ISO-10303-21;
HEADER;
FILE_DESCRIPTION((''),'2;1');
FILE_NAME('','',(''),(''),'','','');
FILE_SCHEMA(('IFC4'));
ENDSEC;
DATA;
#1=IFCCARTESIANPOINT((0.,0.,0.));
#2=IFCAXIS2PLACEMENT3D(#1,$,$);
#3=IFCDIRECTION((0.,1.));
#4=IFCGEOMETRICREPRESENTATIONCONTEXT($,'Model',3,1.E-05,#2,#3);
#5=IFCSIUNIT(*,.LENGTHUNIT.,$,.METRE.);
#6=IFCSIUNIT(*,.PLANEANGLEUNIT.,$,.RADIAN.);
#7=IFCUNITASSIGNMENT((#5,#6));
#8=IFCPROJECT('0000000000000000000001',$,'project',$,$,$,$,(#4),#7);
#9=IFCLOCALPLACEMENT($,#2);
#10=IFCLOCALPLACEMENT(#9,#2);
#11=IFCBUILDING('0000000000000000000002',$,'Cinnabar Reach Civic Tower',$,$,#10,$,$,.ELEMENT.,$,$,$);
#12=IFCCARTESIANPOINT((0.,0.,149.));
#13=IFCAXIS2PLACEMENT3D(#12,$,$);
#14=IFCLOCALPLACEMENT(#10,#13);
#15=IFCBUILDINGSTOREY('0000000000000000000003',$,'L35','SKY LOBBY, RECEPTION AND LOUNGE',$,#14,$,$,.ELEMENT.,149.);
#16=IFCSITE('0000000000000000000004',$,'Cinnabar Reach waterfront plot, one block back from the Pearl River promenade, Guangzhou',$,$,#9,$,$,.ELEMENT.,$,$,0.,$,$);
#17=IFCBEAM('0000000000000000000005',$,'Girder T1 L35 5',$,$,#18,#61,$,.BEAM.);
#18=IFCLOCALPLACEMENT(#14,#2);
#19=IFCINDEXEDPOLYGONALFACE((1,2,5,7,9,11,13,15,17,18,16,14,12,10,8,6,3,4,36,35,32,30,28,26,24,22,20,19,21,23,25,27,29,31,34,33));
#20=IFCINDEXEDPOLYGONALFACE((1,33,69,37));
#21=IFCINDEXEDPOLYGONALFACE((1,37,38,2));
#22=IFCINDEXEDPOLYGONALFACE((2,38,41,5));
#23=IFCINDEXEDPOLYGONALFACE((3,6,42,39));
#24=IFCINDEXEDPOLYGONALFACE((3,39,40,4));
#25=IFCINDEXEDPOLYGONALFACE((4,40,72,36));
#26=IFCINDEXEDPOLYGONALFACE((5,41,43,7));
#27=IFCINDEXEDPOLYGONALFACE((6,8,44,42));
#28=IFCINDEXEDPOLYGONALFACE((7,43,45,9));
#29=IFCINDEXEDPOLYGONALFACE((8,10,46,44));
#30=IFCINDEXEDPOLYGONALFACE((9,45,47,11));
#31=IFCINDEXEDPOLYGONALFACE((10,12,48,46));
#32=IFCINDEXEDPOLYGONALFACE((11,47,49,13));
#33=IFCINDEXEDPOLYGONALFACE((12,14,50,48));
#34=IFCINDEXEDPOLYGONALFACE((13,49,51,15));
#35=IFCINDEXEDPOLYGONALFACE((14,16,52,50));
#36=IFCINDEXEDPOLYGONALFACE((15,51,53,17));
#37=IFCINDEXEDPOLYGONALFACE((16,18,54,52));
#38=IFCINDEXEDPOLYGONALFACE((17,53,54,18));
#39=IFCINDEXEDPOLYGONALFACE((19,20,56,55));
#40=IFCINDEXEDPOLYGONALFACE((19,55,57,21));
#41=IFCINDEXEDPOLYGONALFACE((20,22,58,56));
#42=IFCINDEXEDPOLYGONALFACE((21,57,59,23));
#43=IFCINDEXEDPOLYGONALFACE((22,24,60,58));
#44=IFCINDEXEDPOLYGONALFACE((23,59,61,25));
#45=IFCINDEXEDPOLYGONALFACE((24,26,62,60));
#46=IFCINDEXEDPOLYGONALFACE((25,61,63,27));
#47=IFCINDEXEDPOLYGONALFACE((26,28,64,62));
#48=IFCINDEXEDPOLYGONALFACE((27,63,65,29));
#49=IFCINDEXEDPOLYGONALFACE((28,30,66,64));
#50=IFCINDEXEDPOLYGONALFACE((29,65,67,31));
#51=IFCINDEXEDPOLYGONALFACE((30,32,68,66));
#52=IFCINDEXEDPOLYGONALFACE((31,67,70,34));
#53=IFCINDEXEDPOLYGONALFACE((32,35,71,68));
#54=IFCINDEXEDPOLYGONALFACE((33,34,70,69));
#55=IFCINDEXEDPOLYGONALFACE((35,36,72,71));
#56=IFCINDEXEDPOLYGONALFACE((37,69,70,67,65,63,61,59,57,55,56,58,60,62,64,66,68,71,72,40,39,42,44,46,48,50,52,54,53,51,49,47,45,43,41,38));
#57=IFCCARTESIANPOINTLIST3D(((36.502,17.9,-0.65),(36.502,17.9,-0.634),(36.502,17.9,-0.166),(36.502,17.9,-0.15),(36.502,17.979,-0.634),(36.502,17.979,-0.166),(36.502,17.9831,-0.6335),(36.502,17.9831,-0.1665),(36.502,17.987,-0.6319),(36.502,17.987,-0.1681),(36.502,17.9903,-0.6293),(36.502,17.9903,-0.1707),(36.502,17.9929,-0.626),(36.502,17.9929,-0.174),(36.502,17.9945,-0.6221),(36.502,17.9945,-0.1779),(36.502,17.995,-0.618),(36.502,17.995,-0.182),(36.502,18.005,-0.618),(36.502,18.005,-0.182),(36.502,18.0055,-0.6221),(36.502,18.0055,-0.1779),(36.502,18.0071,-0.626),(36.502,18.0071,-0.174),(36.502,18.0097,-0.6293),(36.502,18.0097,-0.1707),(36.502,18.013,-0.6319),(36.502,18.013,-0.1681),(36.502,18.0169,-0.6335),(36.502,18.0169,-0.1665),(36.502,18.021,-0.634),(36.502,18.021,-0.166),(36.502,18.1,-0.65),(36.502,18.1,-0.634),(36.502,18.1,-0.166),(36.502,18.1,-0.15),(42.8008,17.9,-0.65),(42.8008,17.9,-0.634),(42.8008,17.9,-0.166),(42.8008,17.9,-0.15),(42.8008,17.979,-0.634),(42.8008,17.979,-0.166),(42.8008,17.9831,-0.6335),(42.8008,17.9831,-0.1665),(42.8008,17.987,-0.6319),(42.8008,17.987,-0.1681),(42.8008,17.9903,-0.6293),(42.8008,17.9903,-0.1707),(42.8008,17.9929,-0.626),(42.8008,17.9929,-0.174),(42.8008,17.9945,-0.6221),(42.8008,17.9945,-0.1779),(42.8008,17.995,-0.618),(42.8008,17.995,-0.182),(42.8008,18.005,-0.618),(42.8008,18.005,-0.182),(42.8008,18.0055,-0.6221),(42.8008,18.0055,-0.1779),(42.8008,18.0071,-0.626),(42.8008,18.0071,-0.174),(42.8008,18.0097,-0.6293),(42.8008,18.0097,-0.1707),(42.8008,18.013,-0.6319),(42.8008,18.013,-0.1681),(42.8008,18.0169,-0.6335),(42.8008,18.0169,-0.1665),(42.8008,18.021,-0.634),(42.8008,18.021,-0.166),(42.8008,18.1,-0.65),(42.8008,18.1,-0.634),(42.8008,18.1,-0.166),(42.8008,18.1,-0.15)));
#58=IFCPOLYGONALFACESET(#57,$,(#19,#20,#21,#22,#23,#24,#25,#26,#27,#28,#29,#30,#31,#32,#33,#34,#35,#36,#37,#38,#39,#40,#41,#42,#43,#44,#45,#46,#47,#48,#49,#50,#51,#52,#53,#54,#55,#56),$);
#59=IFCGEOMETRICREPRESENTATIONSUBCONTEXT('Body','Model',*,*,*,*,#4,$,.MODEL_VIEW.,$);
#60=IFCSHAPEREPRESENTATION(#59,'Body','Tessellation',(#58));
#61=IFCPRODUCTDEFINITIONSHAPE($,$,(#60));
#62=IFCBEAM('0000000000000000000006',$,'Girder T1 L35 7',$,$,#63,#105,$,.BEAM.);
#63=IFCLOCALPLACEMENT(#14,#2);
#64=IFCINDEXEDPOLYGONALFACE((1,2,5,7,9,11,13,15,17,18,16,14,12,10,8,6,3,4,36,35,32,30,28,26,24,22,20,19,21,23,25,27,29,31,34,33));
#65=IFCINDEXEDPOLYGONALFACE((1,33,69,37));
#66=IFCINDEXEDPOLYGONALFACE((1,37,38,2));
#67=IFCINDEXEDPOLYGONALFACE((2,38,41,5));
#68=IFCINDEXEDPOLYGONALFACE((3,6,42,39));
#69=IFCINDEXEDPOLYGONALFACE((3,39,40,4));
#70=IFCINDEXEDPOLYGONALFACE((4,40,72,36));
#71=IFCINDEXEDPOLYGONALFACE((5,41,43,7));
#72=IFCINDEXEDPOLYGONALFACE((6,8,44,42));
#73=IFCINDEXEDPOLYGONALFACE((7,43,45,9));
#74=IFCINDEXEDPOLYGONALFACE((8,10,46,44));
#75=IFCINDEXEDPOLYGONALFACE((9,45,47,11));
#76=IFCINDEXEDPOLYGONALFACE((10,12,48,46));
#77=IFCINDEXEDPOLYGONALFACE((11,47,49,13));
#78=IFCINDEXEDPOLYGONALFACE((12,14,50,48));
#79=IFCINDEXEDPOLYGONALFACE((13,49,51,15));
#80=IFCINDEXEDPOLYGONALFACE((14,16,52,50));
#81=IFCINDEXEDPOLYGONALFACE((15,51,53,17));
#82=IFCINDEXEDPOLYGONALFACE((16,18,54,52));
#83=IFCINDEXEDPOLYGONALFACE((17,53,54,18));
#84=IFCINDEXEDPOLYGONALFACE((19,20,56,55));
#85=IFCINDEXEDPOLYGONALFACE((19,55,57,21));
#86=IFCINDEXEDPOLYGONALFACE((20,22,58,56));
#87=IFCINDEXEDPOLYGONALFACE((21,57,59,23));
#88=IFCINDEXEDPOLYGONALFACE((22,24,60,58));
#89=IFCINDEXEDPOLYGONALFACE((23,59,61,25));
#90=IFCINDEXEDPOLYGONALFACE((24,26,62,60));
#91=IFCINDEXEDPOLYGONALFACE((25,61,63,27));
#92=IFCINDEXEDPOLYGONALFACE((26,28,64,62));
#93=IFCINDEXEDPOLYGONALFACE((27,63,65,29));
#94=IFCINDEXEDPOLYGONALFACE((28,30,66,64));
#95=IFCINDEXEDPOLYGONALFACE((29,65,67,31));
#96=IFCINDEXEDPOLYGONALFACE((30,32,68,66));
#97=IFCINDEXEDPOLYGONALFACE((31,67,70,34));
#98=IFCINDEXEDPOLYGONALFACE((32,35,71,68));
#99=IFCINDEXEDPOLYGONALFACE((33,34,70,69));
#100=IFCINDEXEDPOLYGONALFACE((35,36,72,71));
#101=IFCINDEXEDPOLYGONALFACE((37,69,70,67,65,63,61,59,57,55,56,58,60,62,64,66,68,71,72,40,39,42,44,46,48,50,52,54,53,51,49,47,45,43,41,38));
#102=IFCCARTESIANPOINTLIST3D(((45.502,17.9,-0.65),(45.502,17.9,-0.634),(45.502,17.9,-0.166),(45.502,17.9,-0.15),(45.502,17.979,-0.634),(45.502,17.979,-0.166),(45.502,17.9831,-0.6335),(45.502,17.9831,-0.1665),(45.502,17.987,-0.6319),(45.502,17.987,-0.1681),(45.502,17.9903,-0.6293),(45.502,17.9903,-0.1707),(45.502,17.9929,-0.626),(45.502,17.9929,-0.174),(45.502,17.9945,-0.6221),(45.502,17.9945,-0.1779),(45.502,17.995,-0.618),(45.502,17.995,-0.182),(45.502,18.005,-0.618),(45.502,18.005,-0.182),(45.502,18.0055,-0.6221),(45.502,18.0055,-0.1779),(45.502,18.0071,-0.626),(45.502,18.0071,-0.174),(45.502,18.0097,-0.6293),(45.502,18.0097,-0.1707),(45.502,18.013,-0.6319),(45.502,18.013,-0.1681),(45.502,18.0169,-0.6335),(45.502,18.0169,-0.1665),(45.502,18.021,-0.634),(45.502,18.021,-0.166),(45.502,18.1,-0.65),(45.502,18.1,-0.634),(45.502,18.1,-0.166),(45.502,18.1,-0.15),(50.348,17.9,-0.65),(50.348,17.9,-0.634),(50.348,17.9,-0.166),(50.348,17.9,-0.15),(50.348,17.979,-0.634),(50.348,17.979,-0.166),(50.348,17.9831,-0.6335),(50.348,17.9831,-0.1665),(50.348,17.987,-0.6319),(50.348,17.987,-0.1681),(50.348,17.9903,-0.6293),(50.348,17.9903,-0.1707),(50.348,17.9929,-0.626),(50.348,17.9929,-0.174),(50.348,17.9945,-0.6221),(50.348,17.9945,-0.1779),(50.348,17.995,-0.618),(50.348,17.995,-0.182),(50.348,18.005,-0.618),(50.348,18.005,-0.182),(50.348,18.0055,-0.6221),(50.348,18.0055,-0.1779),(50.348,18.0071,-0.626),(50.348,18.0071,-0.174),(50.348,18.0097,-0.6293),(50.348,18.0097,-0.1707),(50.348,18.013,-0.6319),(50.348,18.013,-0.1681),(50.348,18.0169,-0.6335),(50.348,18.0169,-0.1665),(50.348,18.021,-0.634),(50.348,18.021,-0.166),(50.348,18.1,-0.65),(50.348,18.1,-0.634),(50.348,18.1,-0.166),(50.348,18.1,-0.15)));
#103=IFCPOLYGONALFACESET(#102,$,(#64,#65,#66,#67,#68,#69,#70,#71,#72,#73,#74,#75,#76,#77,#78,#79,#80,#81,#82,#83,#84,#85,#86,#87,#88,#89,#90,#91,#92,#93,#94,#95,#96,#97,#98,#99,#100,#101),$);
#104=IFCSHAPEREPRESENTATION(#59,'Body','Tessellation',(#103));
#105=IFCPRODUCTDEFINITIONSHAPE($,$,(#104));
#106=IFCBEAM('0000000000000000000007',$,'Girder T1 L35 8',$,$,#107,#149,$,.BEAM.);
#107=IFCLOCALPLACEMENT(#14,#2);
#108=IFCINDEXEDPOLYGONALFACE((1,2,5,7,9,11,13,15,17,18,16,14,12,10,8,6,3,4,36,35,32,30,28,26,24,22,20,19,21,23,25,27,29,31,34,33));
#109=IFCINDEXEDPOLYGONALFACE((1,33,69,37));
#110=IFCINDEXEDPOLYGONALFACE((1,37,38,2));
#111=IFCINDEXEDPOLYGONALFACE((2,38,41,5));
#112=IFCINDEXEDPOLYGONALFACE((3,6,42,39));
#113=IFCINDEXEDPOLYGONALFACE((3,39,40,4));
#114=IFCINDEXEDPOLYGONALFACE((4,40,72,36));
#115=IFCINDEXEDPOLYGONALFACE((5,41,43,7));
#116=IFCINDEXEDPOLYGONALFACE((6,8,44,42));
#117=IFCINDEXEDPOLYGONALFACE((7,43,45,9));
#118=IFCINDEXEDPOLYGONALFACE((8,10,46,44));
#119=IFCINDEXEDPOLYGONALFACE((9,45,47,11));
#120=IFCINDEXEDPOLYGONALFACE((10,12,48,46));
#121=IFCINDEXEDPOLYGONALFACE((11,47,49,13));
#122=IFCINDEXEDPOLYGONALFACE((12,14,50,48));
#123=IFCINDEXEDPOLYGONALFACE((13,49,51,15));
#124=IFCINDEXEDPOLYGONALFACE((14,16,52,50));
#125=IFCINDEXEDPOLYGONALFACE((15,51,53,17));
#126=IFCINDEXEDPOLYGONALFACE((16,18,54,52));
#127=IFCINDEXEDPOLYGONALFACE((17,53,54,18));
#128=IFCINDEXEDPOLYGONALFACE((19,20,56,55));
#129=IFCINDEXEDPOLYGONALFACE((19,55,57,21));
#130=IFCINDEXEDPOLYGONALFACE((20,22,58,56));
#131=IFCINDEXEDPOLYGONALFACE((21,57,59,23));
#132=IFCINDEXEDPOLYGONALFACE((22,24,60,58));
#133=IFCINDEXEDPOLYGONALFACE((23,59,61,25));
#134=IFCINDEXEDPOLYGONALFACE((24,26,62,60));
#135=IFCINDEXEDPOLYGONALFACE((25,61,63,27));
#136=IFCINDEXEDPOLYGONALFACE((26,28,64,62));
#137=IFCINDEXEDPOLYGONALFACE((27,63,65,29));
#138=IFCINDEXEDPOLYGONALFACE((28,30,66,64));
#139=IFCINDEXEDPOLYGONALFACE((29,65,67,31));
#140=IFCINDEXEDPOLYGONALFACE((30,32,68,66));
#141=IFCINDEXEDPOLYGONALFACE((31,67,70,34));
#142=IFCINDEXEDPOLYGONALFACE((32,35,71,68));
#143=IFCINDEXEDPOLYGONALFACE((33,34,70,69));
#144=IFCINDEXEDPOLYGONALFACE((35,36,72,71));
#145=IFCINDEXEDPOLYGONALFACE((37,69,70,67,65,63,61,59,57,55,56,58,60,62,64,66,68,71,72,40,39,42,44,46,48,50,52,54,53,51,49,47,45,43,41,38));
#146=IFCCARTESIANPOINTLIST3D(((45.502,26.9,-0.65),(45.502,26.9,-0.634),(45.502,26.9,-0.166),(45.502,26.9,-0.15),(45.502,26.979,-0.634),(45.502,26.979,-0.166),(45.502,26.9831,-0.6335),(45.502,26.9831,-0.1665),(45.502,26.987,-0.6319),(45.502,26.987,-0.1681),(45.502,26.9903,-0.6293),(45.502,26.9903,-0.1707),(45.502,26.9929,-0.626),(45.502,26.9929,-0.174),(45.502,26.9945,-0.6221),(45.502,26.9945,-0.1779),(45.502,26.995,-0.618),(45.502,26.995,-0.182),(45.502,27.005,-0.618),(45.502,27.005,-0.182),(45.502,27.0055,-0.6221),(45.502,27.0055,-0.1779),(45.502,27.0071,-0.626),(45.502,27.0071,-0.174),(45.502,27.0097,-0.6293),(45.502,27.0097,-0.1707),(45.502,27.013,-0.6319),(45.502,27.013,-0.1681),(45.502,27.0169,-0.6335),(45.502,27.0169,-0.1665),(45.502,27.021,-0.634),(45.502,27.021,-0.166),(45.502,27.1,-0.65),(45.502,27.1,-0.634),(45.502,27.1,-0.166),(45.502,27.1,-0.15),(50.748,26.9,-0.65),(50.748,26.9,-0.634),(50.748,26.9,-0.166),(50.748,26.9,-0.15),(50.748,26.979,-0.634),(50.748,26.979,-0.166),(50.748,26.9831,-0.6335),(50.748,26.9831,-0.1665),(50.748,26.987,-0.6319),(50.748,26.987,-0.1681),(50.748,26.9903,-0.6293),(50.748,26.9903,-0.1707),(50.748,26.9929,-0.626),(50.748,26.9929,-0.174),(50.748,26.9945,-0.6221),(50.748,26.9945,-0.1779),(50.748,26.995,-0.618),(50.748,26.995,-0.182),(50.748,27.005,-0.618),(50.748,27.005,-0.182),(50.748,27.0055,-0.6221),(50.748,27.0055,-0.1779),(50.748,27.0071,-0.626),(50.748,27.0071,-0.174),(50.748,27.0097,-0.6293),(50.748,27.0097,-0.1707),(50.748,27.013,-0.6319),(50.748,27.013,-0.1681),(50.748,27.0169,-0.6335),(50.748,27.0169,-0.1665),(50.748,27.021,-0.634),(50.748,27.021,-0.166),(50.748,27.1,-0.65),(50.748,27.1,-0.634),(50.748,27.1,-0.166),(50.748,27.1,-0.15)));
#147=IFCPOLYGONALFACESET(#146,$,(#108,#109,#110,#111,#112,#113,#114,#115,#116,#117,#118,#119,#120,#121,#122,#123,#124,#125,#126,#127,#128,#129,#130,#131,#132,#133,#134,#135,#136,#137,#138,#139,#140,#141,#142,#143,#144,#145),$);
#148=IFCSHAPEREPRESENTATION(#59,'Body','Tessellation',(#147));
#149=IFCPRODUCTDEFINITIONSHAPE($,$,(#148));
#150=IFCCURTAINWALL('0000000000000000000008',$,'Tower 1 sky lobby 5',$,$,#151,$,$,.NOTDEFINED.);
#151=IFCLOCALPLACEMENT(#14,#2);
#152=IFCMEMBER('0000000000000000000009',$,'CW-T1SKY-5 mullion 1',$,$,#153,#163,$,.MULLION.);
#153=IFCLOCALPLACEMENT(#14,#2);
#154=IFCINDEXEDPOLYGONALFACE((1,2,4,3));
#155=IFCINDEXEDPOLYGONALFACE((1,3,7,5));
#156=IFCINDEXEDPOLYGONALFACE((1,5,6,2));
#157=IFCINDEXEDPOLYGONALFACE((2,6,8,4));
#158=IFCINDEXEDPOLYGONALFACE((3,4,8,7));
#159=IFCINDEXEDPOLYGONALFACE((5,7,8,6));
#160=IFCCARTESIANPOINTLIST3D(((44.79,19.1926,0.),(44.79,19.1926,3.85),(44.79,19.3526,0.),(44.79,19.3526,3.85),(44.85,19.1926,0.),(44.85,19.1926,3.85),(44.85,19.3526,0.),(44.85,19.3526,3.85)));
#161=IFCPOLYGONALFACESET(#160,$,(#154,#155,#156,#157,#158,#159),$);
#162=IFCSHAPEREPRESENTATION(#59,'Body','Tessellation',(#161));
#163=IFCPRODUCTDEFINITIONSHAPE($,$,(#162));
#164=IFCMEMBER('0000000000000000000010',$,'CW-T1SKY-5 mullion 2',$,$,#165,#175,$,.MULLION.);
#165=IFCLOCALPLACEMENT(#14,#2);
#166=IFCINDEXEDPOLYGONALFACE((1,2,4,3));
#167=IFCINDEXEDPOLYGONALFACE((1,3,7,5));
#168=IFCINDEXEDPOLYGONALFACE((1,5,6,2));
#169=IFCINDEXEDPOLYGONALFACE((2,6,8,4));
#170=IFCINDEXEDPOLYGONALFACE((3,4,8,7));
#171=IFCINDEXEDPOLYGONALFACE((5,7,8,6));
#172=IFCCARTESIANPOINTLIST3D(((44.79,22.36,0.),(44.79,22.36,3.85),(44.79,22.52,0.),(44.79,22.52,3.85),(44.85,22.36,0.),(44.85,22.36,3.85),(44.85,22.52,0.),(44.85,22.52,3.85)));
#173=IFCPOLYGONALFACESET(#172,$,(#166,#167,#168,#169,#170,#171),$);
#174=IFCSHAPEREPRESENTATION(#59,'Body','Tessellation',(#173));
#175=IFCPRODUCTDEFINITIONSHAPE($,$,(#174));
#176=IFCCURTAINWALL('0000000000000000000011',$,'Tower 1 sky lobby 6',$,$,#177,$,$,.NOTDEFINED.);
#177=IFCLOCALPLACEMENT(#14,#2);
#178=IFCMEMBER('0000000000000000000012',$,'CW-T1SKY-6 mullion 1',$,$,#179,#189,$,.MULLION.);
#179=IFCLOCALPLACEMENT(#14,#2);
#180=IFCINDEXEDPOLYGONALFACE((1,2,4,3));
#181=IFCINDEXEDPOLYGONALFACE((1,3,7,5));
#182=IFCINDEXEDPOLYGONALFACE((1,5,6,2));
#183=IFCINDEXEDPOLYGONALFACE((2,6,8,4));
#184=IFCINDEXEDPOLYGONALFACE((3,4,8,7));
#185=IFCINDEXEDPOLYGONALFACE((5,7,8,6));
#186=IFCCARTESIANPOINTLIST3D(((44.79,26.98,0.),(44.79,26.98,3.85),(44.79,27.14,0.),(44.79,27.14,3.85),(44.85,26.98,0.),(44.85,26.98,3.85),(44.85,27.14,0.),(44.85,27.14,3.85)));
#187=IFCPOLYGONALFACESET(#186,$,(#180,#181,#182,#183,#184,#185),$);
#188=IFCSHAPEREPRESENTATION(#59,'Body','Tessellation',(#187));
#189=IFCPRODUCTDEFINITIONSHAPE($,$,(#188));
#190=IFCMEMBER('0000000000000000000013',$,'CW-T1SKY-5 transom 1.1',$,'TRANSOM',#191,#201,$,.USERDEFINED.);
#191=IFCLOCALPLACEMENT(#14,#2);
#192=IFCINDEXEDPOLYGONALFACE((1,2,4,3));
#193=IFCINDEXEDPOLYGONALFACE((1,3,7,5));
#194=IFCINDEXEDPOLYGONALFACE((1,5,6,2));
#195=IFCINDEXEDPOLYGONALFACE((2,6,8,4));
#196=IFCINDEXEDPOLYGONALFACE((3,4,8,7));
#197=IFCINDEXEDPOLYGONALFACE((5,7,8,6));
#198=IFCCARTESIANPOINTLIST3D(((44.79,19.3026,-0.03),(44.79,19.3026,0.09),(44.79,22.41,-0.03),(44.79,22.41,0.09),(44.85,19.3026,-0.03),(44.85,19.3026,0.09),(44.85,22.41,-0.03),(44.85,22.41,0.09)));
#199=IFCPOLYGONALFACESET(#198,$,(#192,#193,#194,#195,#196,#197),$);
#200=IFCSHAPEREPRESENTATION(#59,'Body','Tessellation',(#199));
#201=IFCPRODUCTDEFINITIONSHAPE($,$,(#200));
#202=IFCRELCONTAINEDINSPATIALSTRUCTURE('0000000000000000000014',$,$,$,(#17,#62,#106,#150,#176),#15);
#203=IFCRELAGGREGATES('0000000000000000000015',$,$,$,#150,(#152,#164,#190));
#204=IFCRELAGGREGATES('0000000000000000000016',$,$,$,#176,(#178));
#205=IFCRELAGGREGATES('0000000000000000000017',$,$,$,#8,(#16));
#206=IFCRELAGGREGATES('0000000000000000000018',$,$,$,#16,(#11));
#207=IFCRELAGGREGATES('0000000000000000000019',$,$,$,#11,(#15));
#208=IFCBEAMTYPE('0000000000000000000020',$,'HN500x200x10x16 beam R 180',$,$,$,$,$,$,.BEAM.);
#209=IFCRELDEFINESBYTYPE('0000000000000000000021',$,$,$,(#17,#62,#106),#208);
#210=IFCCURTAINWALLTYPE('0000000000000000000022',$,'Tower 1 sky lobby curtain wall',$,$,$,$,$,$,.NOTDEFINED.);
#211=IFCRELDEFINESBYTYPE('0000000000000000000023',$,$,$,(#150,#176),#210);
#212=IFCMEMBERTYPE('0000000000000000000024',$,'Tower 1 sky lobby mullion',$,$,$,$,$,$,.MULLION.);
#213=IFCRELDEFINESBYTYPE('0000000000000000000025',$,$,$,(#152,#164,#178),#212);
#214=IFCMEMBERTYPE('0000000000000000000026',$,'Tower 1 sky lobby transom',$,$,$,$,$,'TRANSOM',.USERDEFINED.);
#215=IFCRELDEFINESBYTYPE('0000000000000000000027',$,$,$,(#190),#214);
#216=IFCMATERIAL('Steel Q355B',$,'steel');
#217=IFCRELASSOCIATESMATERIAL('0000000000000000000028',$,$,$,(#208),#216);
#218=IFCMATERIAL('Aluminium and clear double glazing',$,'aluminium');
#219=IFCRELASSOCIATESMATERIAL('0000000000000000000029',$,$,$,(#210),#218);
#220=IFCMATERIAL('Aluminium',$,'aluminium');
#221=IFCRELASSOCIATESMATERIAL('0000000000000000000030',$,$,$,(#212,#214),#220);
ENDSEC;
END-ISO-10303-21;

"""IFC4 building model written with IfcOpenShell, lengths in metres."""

from ifc_helpers import new_model, si_unit, direction, frame, origin, origin_2d, place, context, subcontext, project, spatial, rectangle, i_section, extrude, material, material_profile, profile_set, type_object, element, aggregate, save


model = new_model("IFC4")

# Units and contexts
model_context = context("Model", 3, precision=1e-05, world=origin(), true_north=direction((0.0, 1.0)))
body_context = subcontext(model_context, "Body", "Model", "MODEL_VIEW")
ifc_project = project(units=[si_unit("LENGTHUNIT", "METRE"), si_unit("PLANEANGLEUNIT", "RADIAN")], contexts=[model_context])

# Site, building, storey
site_placement = place(None, origin())
site = spatial("IfcSite", under=ifc_project, at=site_placement, Name="Cinnabar Reach waterfront plot, one block back from the Pearl River promenade, Guangzhou", CompositionType="ELEMENT", RefElevation=0.0)
building_placement = place(site_placement, origin())
building = spatial("IfcBuilding", under=site, at=building_placement, Name="Cinnabar Reach Civic Tower", CompositionType="ELEMENT")
storey_placement = place(building_placement, frame((0.0, 0.0, 149.0)))
storey = spatial("IfcBuildingStorey", under=building, at=storey_placement, Name="L35", Description="SKY LOBBY, RECEPTION AND LOUNGE", CompositionType="ELEMENT", Elevation=149.0)

# Beams
ifc_material_1 = material(Name="Steel Q355B", Category="steel")
ifc_material_profile_1 = material_profile(ifc_material_1, i_section(OverallWidth=0.2, OverallDepth=0.5, WebThickness=0.01, FlangeThickness=0.016, FilletRadius=0.016, at=origin_2d()), Name="HN500x200x10x16")
ifc_profile_set_1 = profile_set([ifc_material_profile_1], Name="Steel Q355B")
beam_type_1 = type_object("IfcBeamType", Name="HN500x200x10x16 beam R 180", PredefinedType="BEAM", material=ifc_profile_set_1)
beam_1_placement = place(storey_placement, frame((36.502, 18.0, -0.4), z_axis=(1.0, 0.0, 0.0), x_axis=(0.0, 1.0, 0.0)))
element("IfcBeam", 1, at=beam_1_placement, inside=storey, type_object=beam_type_1, Name="Girder T1 L35 5", PredefinedType="BEAM", context=body_context, shape_type="SweptSolid", body=[
    extrude(i_section(OverallWidth=0.2, OverallDepth=0.5, WebThickness=0.01, FlangeThickness=0.016, FilletRadius=0.016, at=origin_2d()), origin(), (0.0, 0.0, 1.0), 6.2988),
])
beam_2_placement = place(storey_placement, frame((45.502, 18.0, -0.4), z_axis=(1.0, 0.0, 0.0), x_axis=(0.0, 1.0, 0.0)))
element("IfcBeam", 2, at=beam_2_placement, inside=storey, type_object=beam_type_1, Name="Girder T1 L35 7", PredefinedType="BEAM", context=body_context, shape_type="SweptSolid", body=[
    extrude(i_section(OverallWidth=0.2, OverallDepth=0.5, WebThickness=0.01, FlangeThickness=0.016, FilletRadius=0.016, at=origin_2d()), origin(), (0.0, 0.0, 1.0), 4.846),
])
beam_3_placement = place(storey_placement, frame((45.502, 27.0, -0.4), z_axis=(1.0, 0.0, 0.0), x_axis=(0.0, 1.0, 0.0)))
element("IfcBeam", 3, at=beam_3_placement, inside=storey, type_object=beam_type_1, Name="Girder T1 L35 8", PredefinedType="BEAM", context=body_context, shape_type="SweptSolid", body=[
    extrude(i_section(OverallWidth=0.2, OverallDepth=0.5, WebThickness=0.01, FlangeThickness=0.016, FilletRadius=0.016, at=origin_2d()), origin(), (0.0, 0.0, 1.0), 5.246),
])

# Curtain wall, members
ifc_material_2 = material(Name="Aluminium and clear double glazing", Category="aluminium")
curtain_wall_type = type_object("IfcCurtainWallType", Name="Tower 1 sky lobby curtain wall", PredefinedType="NOTDEFINED", material=ifc_material_2)
curtain_wall_1_placement = place(storey_placement, origin())
curtain_wall_1 = element("IfcCurtainWall", 4, at=curtain_wall_1_placement, inside=storey, type_object=curtain_wall_type, Name="Tower 1 sky lobby 5", PredefinedType="NOTDEFINED")
ifc_material_3 = material(Name="Aluminium", Category="aluminium")
ifc_material_profile_2 = material_profile(ifc_material_3, rectangle(XDim=0.06, YDim=0.16, at=origin_2d()), Name="Tower 1 sky lobby mullion")
ifc_profile_set_2 = profile_set([ifc_material_profile_2], Name="Aluminium")
member_type_1 = type_object("IfcMemberType", Name="Tower 1 sky lobby mullion", PredefinedType="MULLION", material=ifc_profile_set_2)
member_1_placement = place(storey_placement, frame((44.82, 19.2726, 0.0), z_axis=(0.0, 0.0, 1.0), x_axis=(-1.0, 0.0, 0.0)))
member_1 = element("IfcMember", 5, at=member_1_placement, type_object=member_type_1, Name="CW-T1SKY-5 mullion 1", PredefinedType="MULLION", context=body_context, shape_type="SweptSolid", body=[
    extrude(rectangle(XDim=0.06, YDim=0.16, at=origin_2d()), origin(), (0.0, 0.0, 1.0), 3.85),
])
member_2_placement = place(storey_placement, frame((44.82, 22.44, 0.0), z_axis=(0.0, 0.0, 1.0), x_axis=(-1.0, 0.0, 0.0)))
member_2 = element("IfcMember", 6, at=member_2_placement, type_object=member_type_1, Name="CW-T1SKY-5 mullion 2", PredefinedType="MULLION", context=body_context, shape_type="SweptSolid", body=[
    extrude(rectangle(XDim=0.06, YDim=0.16, at=origin_2d()), origin(), (0.0, 0.0, 1.0), 3.85),
])

# Curtain wall, member
curtain_wall_2_placement = place(storey_placement, origin())
curtain_wall_2 = element("IfcCurtainWall", 7, at=curtain_wall_2_placement, inside=storey, type_object=curtain_wall_type, Name="Tower 1 sky lobby 6", PredefinedType="NOTDEFINED")
member_3_placement = place(storey_placement, frame((44.82, 27.06, 0.0), z_axis=(0.0, 0.0, 1.0), x_axis=(-1.0, 0.0, 0.0)))
member_3 = element("IfcMember", 8, at=member_3_placement, type_object=member_type_1, Name="CW-T1SKY-6 mullion 1", PredefinedType="MULLION", context=body_context, shape_type="SweptSolid", body=[
    extrude(rectangle(XDim=0.06, YDim=0.16, at=origin_2d()), origin(), (0.0, 0.0, 1.0), 3.85),
])

# Member
ifc_material_profile_3 = material_profile(ifc_material_3, rectangle(XDim=0.06, YDim=0.12, at=origin_2d()), Name="Tower 1 sky lobby transom")
ifc_profile_set_3 = profile_set([ifc_material_profile_3], Name="Aluminium")
member_type_2 = type_object("IfcMemberType", Name="Tower 1 sky lobby transom", ElementType="TRANSOM", PredefinedType="USERDEFINED", material=ifc_profile_set_3)
member_4_placement = place(storey_placement, frame((44.82, 19.3026, 0.03), z_axis=(0.0, 1.0, 0.0), x_axis=(-1.0, 0.0, 0.0)))
member_4 = element("IfcMember", 9, at=member_4_placement, type_object=member_type_2, Name="CW-T1SKY-5 transom 1.1", ObjectType="TRANSOM", PredefinedType="USERDEFINED", context=body_context, shape_type="SweptSolid", body=[
    extrude(rectangle(XDim=0.06, YDim=0.12, at=origin_2d()), origin(), (0.0, 0.0, 1.0), 3.1074),
])

aggregate(curtain_wall_1, [member_1, member_2, member_4])
aggregate(curtain_wall_2, [member_3])

save(model, "model.ifc")
